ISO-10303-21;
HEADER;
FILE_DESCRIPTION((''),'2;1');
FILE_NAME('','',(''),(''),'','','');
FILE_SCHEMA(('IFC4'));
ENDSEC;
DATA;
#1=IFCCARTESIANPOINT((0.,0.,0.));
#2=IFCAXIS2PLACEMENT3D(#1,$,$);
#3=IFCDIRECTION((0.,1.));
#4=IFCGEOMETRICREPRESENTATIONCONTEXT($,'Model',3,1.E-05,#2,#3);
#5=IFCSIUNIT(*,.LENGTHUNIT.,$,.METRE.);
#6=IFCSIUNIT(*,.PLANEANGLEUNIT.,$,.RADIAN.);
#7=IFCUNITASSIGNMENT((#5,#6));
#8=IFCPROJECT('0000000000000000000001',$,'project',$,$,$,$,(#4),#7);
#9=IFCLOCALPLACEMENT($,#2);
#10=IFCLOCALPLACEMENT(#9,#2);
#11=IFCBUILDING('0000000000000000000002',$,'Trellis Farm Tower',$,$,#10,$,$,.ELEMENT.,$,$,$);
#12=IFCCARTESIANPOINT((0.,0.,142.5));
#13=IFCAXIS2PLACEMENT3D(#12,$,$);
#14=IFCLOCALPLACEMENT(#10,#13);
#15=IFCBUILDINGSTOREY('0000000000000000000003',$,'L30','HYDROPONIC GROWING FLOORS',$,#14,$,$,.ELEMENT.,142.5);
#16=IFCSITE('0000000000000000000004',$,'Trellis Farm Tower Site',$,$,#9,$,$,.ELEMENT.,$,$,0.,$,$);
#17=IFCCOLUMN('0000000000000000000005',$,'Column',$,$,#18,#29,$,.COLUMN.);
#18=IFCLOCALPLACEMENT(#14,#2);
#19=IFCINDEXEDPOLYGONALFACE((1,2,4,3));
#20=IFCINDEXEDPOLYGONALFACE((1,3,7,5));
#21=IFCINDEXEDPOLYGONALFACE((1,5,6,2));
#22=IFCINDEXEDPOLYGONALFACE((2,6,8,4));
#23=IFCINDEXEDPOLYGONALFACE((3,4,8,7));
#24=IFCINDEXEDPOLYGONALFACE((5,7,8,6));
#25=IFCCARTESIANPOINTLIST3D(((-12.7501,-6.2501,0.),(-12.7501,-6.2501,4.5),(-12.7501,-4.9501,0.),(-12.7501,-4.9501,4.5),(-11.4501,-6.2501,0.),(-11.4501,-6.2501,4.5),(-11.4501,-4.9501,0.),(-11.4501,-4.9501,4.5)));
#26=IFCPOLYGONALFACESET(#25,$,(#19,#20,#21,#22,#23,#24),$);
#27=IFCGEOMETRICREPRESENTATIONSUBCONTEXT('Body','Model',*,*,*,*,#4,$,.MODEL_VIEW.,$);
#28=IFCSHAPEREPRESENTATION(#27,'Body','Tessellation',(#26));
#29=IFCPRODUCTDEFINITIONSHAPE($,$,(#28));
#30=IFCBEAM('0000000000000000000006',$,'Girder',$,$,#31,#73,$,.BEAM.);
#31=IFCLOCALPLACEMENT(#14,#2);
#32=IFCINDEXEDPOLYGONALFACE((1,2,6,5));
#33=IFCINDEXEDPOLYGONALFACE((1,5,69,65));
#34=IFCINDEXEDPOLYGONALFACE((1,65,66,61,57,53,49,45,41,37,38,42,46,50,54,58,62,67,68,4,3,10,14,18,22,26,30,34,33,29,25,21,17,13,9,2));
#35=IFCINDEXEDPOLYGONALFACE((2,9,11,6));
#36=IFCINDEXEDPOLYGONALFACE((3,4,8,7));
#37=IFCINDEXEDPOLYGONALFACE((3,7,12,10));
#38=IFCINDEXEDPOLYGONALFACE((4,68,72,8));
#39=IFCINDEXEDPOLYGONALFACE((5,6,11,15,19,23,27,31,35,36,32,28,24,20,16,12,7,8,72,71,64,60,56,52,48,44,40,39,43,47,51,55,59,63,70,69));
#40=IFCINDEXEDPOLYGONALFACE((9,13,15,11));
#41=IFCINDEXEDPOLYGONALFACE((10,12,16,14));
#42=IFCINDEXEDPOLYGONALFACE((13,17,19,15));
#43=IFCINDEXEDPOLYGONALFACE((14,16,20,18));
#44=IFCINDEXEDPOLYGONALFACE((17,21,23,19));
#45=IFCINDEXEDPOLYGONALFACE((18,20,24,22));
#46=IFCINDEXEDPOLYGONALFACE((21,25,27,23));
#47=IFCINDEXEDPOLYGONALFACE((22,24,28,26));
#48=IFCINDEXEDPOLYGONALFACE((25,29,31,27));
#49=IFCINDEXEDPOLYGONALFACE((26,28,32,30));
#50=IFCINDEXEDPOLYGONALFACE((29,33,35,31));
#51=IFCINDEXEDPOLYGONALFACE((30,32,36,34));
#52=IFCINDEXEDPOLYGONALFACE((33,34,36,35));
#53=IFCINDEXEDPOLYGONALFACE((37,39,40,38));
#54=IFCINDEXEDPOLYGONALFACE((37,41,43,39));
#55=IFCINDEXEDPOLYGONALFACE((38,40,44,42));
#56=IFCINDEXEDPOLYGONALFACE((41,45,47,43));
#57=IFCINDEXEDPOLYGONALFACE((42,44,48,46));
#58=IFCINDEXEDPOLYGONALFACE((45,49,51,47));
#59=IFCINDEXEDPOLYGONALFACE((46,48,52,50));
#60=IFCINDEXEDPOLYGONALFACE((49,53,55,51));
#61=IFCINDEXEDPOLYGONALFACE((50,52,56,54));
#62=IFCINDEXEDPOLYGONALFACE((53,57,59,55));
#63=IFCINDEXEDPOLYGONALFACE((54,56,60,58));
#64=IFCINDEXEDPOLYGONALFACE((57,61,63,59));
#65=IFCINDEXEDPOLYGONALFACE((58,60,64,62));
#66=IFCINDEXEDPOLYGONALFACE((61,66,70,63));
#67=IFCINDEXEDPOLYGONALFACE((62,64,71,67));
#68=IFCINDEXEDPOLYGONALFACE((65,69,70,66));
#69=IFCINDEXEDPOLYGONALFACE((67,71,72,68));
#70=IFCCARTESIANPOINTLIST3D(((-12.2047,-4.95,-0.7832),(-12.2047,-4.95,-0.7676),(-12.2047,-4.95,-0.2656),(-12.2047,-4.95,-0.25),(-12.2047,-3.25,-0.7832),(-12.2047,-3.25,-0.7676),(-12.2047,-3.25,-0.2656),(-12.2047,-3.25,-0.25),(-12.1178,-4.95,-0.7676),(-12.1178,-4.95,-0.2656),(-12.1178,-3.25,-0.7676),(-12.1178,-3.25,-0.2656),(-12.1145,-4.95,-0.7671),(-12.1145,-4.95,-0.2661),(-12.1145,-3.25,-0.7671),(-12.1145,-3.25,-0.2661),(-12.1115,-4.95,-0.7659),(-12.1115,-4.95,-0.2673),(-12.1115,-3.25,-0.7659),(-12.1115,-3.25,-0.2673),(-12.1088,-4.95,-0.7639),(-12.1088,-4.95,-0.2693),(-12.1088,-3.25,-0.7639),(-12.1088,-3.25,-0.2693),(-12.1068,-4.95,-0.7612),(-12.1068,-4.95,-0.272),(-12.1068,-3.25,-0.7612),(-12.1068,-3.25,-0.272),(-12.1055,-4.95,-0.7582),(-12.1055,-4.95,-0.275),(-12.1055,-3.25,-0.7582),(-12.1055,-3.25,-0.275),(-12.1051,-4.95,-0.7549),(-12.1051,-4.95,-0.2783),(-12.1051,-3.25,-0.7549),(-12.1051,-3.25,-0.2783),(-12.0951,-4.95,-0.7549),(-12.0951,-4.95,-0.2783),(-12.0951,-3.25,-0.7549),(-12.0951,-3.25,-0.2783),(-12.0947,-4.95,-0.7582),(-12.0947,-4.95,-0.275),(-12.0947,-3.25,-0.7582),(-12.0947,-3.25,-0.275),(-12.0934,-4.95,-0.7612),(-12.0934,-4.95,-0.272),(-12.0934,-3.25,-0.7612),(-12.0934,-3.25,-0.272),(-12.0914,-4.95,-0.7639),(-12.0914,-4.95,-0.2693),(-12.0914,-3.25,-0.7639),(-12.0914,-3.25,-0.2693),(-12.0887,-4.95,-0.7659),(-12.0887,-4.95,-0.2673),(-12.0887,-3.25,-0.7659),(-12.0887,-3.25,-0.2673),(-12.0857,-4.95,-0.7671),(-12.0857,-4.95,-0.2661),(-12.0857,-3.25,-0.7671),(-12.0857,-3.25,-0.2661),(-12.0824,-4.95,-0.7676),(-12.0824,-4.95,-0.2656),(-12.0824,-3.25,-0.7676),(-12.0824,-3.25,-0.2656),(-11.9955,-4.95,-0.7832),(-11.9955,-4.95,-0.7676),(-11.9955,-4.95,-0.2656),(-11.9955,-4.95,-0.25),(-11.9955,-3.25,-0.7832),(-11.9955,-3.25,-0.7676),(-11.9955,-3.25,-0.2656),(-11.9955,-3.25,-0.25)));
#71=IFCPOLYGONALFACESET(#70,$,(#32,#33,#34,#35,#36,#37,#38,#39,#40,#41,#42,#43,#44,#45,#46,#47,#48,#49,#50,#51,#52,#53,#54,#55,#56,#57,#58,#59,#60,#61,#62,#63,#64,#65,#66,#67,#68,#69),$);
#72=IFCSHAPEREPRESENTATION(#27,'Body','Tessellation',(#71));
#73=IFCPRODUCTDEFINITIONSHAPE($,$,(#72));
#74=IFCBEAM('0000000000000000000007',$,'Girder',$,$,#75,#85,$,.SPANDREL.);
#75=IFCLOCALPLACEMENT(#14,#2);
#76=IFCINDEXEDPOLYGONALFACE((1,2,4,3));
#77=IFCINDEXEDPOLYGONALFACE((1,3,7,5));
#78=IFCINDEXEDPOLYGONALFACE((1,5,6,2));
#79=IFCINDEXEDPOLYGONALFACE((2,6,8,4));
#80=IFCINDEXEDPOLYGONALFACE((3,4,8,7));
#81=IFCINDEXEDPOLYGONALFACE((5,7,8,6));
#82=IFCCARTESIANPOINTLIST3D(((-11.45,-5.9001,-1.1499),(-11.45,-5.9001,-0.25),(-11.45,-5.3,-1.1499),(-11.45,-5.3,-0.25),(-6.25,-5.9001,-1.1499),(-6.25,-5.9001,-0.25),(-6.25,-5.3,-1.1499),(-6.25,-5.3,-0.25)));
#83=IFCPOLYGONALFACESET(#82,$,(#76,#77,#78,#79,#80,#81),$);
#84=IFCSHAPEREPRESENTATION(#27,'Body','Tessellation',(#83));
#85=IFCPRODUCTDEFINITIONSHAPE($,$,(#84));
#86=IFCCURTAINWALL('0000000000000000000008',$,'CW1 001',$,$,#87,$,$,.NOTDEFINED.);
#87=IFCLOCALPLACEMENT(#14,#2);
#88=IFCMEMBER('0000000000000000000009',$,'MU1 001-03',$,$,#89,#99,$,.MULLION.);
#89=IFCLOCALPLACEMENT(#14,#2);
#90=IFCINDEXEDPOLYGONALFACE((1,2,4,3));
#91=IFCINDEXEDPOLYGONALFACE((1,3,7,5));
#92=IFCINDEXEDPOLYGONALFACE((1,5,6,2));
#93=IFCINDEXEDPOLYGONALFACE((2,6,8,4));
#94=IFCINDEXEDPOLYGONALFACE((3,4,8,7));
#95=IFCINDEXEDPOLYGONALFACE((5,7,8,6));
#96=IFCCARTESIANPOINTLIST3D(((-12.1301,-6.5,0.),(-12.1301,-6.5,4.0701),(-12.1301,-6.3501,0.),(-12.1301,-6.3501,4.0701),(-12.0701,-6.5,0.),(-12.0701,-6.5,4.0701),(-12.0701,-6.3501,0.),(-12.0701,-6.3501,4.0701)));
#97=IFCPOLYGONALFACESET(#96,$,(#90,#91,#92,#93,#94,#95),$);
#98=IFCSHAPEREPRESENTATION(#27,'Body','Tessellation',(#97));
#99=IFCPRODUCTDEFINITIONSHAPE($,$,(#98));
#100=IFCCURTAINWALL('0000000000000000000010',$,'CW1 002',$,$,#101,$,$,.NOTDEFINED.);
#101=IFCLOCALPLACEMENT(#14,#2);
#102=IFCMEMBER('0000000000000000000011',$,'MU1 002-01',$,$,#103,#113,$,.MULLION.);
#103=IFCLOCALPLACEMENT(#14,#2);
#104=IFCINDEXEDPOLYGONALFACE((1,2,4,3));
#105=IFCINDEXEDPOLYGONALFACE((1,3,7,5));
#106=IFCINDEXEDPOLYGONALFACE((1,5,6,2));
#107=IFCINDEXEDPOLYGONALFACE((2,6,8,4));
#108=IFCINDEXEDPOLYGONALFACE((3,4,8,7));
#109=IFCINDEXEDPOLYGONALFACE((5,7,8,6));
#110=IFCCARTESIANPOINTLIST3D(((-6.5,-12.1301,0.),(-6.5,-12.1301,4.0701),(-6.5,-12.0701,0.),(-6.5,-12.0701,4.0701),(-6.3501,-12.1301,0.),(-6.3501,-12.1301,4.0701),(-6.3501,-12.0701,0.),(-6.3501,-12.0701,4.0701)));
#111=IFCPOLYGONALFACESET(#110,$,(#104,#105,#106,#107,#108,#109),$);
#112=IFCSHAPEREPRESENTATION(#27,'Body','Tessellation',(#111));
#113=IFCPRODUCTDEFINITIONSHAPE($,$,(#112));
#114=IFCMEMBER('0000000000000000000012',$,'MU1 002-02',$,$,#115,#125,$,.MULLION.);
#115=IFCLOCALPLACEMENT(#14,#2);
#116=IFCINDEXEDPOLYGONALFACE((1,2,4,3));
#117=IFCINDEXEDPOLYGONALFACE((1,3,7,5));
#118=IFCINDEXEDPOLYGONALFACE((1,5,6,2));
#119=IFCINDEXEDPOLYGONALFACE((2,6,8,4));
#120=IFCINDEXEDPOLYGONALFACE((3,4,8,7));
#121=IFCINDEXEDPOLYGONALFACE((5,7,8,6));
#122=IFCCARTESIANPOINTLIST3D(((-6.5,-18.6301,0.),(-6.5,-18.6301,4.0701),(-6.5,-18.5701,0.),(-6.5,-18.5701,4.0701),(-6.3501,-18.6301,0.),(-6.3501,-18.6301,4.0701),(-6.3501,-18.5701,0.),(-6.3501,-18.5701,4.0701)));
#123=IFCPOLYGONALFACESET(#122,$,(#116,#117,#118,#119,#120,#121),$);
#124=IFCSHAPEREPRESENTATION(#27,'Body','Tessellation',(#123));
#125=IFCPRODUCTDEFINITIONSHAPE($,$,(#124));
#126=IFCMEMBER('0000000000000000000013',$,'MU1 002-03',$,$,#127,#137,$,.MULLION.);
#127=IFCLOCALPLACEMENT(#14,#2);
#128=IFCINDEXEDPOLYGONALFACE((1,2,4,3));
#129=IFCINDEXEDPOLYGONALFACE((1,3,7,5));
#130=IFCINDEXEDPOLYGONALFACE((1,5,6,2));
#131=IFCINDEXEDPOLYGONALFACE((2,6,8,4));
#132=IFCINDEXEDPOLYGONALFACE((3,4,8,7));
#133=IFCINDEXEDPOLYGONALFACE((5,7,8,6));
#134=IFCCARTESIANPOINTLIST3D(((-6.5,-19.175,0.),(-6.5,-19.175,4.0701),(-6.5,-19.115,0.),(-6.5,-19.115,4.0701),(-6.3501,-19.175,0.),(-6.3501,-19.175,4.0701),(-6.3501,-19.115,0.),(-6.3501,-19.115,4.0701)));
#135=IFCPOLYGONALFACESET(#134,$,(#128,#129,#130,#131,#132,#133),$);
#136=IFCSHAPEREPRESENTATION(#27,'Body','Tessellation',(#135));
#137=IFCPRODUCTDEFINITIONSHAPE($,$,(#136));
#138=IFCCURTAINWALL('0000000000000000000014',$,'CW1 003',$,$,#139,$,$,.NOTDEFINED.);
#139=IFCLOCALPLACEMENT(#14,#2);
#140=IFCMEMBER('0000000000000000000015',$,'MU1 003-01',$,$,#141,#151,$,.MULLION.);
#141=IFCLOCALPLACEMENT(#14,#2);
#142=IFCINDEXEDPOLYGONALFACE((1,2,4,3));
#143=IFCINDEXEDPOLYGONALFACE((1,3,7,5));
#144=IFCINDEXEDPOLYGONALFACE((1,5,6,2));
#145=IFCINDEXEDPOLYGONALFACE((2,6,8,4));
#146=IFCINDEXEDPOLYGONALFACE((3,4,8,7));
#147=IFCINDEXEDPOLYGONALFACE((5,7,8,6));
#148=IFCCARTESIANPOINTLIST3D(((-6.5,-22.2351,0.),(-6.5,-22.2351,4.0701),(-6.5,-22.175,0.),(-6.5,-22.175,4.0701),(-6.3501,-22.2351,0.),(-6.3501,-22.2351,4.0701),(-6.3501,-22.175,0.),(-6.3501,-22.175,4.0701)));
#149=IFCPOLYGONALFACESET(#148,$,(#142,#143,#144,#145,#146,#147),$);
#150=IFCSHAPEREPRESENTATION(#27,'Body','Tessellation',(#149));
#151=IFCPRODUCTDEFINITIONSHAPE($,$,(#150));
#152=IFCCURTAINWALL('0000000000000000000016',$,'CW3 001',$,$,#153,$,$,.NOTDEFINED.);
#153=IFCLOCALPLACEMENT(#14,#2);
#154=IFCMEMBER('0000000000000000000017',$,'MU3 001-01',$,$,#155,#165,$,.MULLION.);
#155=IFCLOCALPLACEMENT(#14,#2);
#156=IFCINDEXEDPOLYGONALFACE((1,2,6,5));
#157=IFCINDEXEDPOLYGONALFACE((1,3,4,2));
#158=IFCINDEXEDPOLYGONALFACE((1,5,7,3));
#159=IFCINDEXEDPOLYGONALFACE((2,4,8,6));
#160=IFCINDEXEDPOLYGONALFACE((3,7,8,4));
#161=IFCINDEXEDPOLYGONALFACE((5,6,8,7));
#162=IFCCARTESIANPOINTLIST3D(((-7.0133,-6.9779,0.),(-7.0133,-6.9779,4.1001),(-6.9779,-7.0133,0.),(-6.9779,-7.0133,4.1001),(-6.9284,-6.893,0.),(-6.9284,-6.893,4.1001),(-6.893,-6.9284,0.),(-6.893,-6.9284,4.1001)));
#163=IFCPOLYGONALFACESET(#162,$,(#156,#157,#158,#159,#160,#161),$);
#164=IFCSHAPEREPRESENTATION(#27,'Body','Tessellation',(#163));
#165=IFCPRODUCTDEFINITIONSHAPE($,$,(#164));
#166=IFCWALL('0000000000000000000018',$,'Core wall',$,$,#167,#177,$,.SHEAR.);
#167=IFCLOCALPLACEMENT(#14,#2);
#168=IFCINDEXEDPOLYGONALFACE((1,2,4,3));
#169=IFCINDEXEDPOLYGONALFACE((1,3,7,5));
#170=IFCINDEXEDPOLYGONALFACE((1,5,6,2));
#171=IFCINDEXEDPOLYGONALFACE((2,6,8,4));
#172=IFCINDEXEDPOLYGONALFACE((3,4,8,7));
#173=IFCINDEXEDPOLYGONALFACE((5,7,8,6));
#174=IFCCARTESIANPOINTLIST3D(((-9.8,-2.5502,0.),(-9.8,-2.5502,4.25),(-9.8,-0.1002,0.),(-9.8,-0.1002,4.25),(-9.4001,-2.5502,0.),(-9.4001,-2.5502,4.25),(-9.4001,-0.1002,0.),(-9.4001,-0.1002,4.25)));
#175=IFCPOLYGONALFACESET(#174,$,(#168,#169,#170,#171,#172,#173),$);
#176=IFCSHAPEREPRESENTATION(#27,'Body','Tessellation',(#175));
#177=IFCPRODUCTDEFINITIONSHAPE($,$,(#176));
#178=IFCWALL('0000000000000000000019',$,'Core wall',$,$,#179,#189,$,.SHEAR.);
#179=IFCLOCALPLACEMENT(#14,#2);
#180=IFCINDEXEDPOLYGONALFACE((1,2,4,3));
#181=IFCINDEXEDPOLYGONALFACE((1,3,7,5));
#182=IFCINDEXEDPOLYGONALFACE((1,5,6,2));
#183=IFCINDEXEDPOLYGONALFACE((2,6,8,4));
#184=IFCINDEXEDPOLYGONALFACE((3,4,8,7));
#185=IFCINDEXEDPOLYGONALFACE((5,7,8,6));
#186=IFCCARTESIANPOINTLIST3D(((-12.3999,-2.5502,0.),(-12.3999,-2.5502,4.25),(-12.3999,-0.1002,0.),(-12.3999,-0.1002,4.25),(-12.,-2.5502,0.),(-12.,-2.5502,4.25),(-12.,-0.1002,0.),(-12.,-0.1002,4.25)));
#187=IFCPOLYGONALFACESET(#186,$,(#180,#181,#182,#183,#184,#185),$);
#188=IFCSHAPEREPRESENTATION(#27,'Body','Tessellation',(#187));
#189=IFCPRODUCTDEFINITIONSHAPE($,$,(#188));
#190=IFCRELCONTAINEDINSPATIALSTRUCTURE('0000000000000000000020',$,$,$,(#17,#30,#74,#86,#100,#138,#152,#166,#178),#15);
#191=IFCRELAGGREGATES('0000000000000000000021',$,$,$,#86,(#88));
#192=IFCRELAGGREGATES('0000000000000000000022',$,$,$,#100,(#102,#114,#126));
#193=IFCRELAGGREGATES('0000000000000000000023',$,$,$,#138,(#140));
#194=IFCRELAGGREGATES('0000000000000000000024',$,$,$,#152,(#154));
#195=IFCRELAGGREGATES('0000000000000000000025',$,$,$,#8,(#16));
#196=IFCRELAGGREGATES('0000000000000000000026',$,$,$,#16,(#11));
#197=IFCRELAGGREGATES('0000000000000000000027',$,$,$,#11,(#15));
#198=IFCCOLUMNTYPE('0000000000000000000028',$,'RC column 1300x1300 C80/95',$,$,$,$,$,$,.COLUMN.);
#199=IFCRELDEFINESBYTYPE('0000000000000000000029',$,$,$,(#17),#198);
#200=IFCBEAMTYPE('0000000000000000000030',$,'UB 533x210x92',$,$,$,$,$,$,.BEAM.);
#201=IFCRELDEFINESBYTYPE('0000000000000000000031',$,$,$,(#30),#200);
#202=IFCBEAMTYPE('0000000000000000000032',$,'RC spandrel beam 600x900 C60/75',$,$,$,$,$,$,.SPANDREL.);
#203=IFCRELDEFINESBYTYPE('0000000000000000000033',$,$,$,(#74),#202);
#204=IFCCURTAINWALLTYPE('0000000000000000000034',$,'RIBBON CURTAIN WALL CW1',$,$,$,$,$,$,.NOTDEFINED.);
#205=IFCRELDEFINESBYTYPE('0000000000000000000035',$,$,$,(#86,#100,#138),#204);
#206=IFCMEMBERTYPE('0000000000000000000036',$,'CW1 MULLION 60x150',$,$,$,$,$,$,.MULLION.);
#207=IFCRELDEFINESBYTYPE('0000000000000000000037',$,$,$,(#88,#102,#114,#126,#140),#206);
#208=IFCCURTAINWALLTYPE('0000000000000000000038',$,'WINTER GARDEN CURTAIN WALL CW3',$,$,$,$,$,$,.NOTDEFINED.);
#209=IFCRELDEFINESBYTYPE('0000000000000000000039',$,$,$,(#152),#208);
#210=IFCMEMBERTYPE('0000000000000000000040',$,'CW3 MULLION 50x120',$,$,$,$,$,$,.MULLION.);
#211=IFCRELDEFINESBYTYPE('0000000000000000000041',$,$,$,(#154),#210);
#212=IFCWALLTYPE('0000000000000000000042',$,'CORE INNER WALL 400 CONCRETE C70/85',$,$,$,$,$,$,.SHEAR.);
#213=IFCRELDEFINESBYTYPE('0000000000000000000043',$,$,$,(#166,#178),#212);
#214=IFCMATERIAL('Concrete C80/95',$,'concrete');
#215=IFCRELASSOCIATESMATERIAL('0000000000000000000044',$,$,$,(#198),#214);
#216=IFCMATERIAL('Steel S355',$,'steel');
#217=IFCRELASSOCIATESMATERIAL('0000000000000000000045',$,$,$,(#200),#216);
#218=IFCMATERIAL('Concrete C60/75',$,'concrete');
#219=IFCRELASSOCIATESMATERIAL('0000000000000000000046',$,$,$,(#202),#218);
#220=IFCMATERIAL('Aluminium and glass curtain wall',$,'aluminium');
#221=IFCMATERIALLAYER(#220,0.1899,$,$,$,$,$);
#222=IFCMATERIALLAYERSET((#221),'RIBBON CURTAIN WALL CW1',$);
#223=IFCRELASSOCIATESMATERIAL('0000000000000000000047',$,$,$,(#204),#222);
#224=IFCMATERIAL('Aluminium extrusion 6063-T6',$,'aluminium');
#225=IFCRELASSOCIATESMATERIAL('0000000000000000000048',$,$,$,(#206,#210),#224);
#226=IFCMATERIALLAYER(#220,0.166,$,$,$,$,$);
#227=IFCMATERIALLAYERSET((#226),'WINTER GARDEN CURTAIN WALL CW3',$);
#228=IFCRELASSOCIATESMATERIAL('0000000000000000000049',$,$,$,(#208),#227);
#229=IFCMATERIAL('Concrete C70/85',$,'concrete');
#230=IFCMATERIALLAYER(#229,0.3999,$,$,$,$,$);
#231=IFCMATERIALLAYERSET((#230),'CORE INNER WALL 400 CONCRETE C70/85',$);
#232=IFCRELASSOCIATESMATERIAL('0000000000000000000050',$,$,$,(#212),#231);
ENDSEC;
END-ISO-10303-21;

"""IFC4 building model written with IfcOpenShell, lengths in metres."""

from ifc_helpers import new_model, si_unit, direction, frame, frame_2d, origin, origin_2d, place, context, subcontext, project, spatial, rectangle, i_section, extrude, source, transform, mapped, material, layer, layer_set, material_profile, profile_set, type_object, element, aggregate, save


model = new_model("IFC4")

# Units and contexts
model_context = context("Model", 3, precision=1e-05, world=origin(), true_north=direction((0.0, 1.0)))
body_context = subcontext(model_context, "Body", "Model", "MODEL_VIEW")
ifc_project = project(units=[si_unit("LENGTHUNIT", "METRE"), si_unit("PLANEANGLEUNIT", "RADIAN")], contexts=[model_context])

# Site, building, storey
site_placement = place(None, origin())
site = spatial("IfcSite", under=ifc_project, at=site_placement, Name="Trellis Farm Tower Site", CompositionType="ELEMENT", RefElevation=0.0)
building_placement = place(site_placement, origin())
building = spatial("IfcBuilding", under=site, at=building_placement, Name="Trellis Farm Tower", CompositionType="ELEMENT")
storey_placement = place(building_placement, frame((0.0, 0.0, 142.5)))
storey = spatial("IfcBuildingStorey", under=building, at=storey_placement, Name="L30", Description="HYDROPONIC GROWING FLOORS", CompositionType="ELEMENT", Elevation=142.5)

# Column
ifc_material_1 = material(Name="Concrete C80/95", Category="concrete")
ifc_material_profile_1 = material_profile(ifc_material_1, rectangle(XDim=1.3, YDim=1.3, at=origin_2d()), Name="RC column 1300x1300 C80/95")
ifc_profile_set_1 = profile_set([ifc_material_profile_1], Name="Concrete C80/95")
column_type = type_object("IfcColumnType", Name="RC column 1300x1300 C80/95", PredefinedType="COLUMN", material=ifc_profile_set_1)
shared_shape_1 = source(origin(), body_context, "Body", "SweptSolid", [
    extrude(rectangle(XDim=1.3, YDim=1.3, at=origin_2d()), origin(), (0.0, 0.0, 1.0), 4.5),
])
column_placement = place(storey_placement, frame((-12.1001, -5.6001, 0.0), z_axis=(0.0, 0.0, 1.0), x_axis=(1.0, 0.0, 0.0)))
element("IfcColumn", 1, at=column_placement, inside=storey, type_object=column_type, Name="Column", PredefinedType="COLUMN", context=body_context, shape_type="MappedRepresentation", body=[
    mapped(shared_shape_1, transform((0.0, 0.0, 0.0))),
])

# Beams
ifc_material_2 = material(Name="Steel S355", Category="steel")
ifc_material_profile_2 = material_profile(ifc_material_2, i_section(OverallWidth=0.2092, OverallDepth=0.5332, WebThickness=0.01, FlangeThickness=0.0156, FilletRadius=0.0127, at=origin_2d()), Name="UB 533x210x92")
ifc_profile_set_2 = profile_set([ifc_material_profile_2], Name="Steel S355")
beam_type_1 = type_object("IfcBeamType", Name="UB 533x210x92", PredefinedType="BEAM", material=ifc_profile_set_2)
shared_shape_2 = source(origin(), body_context, "Body", "SweptSolid", [
    extrude(i_section(OverallWidth=0.2092, OverallDepth=0.5332, WebThickness=0.01, FlangeThickness=0.0156, FilletRadius=0.0127, at=origin_2d()), origin(), (0.0, 0.0, 1.0), 1.7),
])
beam_1_placement = place(storey_placement, frame((-12.1001, -4.95, -0.5166), z_axis=(0.0, 1.0, 0.0), x_axis=(-1.0, 0.0, 0.0)))
element("IfcBeam", 2, at=beam_1_placement, inside=storey, type_object=beam_type_1, Name="Girder", PredefinedType="BEAM", context=body_context, shape_type="MappedRepresentation", body=[
    mapped(shared_shape_2, transform((0.0, 0.0, 0.0))),
])
ifc_material_3 = material(Name="Concrete C60/75", Category="concrete")
ifc_material_profile_3 = material_profile(ifc_material_3, rectangle(XDim=0.6001, YDim=0.8999, at=origin_2d()), Name="RC spandrel beam 600x900 C60/75")
ifc_profile_set_3 = profile_set([ifc_material_profile_3], Name="Concrete C60/75")
beam_type_2 = type_object("IfcBeamType", Name="RC spandrel beam 600x900 C60/75", PredefinedType="SPANDREL", material=ifc_profile_set_3)
shared_shape_3 = source(origin(), body_context, "Body", "SweptSolid", [
    extrude(rectangle(XDim=0.6001, YDim=0.8999, at=origin_2d()), origin(), (0.0, 0.0, 1.0), 5.2),
])
beam_2_placement = place(storey_placement, frame((-11.45, -5.6001, -0.7), z_axis=(1.0, 0.0, 0.0), x_axis=(0.0, 1.0, 0.0)))
element("IfcBeam", 3, at=beam_2_placement, inside=storey, type_object=beam_type_2, Name="Girder", PredefinedType="SPANDREL", context=body_context, shape_type="MappedRepresentation", body=[
    mapped(shared_shape_3, transform((0.0, 0.0, 0.0))),
])

# Curtain wall, member
ifc_material_4 = material(Name="Aluminium and glass curtain wall", Category="aluminium")
ifc_layer_1 = layer(ifc_material_4, 0.1899)
ifc_layer_set_1 = layer_set([ifc_layer_1], Name="RIBBON CURTAIN WALL CW1")
curtain_wall_type_1 = type_object("IfcCurtainWallType", Name="RIBBON CURTAIN WALL CW1", PredefinedType="NOTDEFINED", material=ifc_layer_set_1)
placement = place(storey_placement, origin())
curtain_wall_1 = element("IfcCurtainWall", 4, at=placement, inside=storey, type_object=curtain_wall_type_1, Name="CW1 001", PredefinedType="NOTDEFINED")
ifc_material_5 = material(Name="Aluminium extrusion 6063-T6", Category="aluminium")
ifc_material_profile_4 = material_profile(ifc_material_5, rectangle(XDim=0.0601, YDim=0.1499, at=origin_2d()), Name="MULLION 60x150")
ifc_profile_set_4 = profile_set([ifc_material_profile_4], Name="Aluminium extrusion 6063-T6")
member_type_1 = type_object("IfcMemberType", Name="CW1 MULLION 60x150", PredefinedType="MULLION", material=ifc_profile_set_4)
shared_shape_4 = source(origin(), body_context, "Body", "SweptSolid", [
    extrude(rectangle(XDim=0.0601, YDim=0.1499, at=origin_2d()), origin(), (0.0, 0.0, 1.0), 4.0701),
])
member_1_placement = place(storey_placement, frame((-12.1001, -6.425, 0.0), z_axis=(0.0, 0.0, 1.0), x_axis=(1.0, 0.0, 0.0)))
member_1 = element("IfcMember", 5, at=member_1_placement, type_object=member_type_1, Name="MU1 001-03", PredefinedType="MULLION", context=body_context, shape_type="MappedRepresentation", body=[
    mapped(shared_shape_4, transform((0.0, 0.0, 0.0))),
])
aggregate(curtain_wall_1, [member_1])

# Curtain wall, members
curtain_wall_2 = element("IfcCurtainWall", 6, at=placement, inside=storey, type_object=curtain_wall_type_1, Name="CW1 002", PredefinedType="NOTDEFINED")
member_2_placement = place(storey_placement, frame((-6.425, -12.1001, 0.0), z_axis=(0.0, 0.0, 1.0), x_axis=(0.0, -1.0, 0.0)))
member_2 = element("IfcMember", 7, at=member_2_placement, type_object=member_type_1, Name="MU1 002-01", PredefinedType="MULLION", context=body_context, shape_type="MappedRepresentation", body=[
    mapped(shared_shape_4, transform((0.0, 0.0, 0.0))),
])
member_3_placement = place(storey_placement, frame((-6.425, -18.6001, 0.0), z_axis=(0.0, 0.0, 1.0), x_axis=(0.0, -1.0, 0.0)))
member_3 = element("IfcMember", 8, at=member_3_placement, type_object=member_type_1, Name="MU1 002-02", PredefinedType="MULLION", context=body_context, shape_type="MappedRepresentation", body=[
    mapped(shared_shape_4, transform((0.0, 0.0, 0.0))),
])
member_4_placement = place(storey_placement, frame((-6.425, -19.145, 0.0), z_axis=(0.0, 0.0, 1.0), x_axis=(0.0, -1.0, 0.0)))
member_4 = element("IfcMember", 9, at=member_4_placement, type_object=member_type_1, Name="MU1 002-03", PredefinedType="MULLION", context=body_context, shape_type="MappedRepresentation", body=[
    mapped(shared_shape_4, transform((0.0, 0.0, 0.0))),
])
aggregate(curtain_wall_2, [member_2, member_3, member_4])

# Curtain walls, members
curtain_wall_3 = element("IfcCurtainWall", 10, at=placement, inside=storey, type_object=curtain_wall_type_1, Name="CW1 003", PredefinedType="NOTDEFINED")
member_5_placement = place(storey_placement, frame((-6.425, -22.2051, 0.0), z_axis=(0.0, 0.0, 1.0), x_axis=(0.0, -1.0, 0.0)))
member_5 = element("IfcMember", 11, at=member_5_placement, type_object=member_type_1, Name="MU1 003-01", PredefinedType="MULLION", context=body_context, shape_type="MappedRepresentation", body=[
    mapped(shared_shape_4, transform((0.0, 0.0, 0.0))),
])
aggregate(curtain_wall_3, [member_5])
ifc_layer_2 = layer(ifc_material_4, 0.166)
ifc_layer_set_2 = layer_set([ifc_layer_2], Name="WINTER GARDEN CURTAIN WALL CW3")
curtain_wall_type_2 = type_object("IfcCurtainWallType", Name="WINTER GARDEN CURTAIN WALL CW3", PredefinedType="NOTDEFINED", material=ifc_layer_set_2)
curtain_wall_4 = element("IfcCurtainWall", 12, at=placement, inside=storey, type_object=curtain_wall_type_2, Name="CW3 001", PredefinedType="NOTDEFINED")
ifc_material_profile_5 = material_profile(ifc_material_5, rectangle(XDim=0.05, YDim=0.1201, at=origin_2d()), Name="MULLION 50x120")
ifc_profile_set_5 = profile_set([ifc_material_profile_5], Name="Aluminium extrusion 6063-T6")
member_type_2 = type_object("IfcMemberType", Name="CW3 MULLION 50x120", PredefinedType="MULLION", material=ifc_profile_set_5)
shared_shape_5 = source(origin(), body_context, "Body", "SweptSolid", [
    extrude(rectangle(XDim=0.05, YDim=0.1201, at=origin_2d()), origin(), (0.0, 0.0, 1.0), 4.1001),
])
member_6_placement = place(storey_placement, frame((-6.9531, -6.9531, 0.0), z_axis=(0.0, 0.0, 1.0), x_axis=(0.707107, -0.707107, 0.0)))
member_6 = element("IfcMember", 13, at=member_6_placement, type_object=member_type_2, Name="MU3 001-01", PredefinedType="MULLION", context=body_context, shape_type="MappedRepresentation", body=[
    mapped(shared_shape_5, transform((0.0, 0.0, 0.0))),
])
aggregate(curtain_wall_4, [member_6])

# Walls
ifc_material_6 = material(Name="Concrete C70/85", Category="concrete")
ifc_layer_3 = layer(ifc_material_6, 0.3999)
ifc_layer_set_3 = layer_set([ifc_layer_3], Name="CORE INNER WALL 400 CONCRETE C70/85")
wall_type_1 = type_object("IfcWallType", Name="CORE INNER WALL 400 CONCRETE C70/85", PredefinedType="SHEAR", material=ifc_layer_set_3)
shared_shape_6 = source(origin(), body_context, "Body", "SweptSolid", [
    extrude(rectangle(XDim=2.45, YDim=0.3999, at=frame_2d((1.2251, 0.0))), origin(), (0.0, 0.0, 1.0), 4.25),
])
for number, where, z_axis, x_axis, name in (
    (14, (-9.6001, -0.1001, 0.0), (0.0, 0.0, 1.0), (0.0, -1.0, 0.0), "Core wall"),
    (15, (-12.2, -0.1001, 0.0), (0.0, 0.0, 1.0), (0.0, -1.0, 0.0), "Core wall"),
):
    element("IfcWall", number, at=place(storey_placement, frame(where, z_axis=z_axis, x_axis=x_axis)), inside=storey, type_object=wall_type_1, Name=name, PredefinedType="SHEAR", context=body_context, shape_type="MappedRepresentation", body=[
        mapped(shared_shape_6, transform((0.0, 0.0, 0.0))),
    ])

save(model, "model.ifc")
